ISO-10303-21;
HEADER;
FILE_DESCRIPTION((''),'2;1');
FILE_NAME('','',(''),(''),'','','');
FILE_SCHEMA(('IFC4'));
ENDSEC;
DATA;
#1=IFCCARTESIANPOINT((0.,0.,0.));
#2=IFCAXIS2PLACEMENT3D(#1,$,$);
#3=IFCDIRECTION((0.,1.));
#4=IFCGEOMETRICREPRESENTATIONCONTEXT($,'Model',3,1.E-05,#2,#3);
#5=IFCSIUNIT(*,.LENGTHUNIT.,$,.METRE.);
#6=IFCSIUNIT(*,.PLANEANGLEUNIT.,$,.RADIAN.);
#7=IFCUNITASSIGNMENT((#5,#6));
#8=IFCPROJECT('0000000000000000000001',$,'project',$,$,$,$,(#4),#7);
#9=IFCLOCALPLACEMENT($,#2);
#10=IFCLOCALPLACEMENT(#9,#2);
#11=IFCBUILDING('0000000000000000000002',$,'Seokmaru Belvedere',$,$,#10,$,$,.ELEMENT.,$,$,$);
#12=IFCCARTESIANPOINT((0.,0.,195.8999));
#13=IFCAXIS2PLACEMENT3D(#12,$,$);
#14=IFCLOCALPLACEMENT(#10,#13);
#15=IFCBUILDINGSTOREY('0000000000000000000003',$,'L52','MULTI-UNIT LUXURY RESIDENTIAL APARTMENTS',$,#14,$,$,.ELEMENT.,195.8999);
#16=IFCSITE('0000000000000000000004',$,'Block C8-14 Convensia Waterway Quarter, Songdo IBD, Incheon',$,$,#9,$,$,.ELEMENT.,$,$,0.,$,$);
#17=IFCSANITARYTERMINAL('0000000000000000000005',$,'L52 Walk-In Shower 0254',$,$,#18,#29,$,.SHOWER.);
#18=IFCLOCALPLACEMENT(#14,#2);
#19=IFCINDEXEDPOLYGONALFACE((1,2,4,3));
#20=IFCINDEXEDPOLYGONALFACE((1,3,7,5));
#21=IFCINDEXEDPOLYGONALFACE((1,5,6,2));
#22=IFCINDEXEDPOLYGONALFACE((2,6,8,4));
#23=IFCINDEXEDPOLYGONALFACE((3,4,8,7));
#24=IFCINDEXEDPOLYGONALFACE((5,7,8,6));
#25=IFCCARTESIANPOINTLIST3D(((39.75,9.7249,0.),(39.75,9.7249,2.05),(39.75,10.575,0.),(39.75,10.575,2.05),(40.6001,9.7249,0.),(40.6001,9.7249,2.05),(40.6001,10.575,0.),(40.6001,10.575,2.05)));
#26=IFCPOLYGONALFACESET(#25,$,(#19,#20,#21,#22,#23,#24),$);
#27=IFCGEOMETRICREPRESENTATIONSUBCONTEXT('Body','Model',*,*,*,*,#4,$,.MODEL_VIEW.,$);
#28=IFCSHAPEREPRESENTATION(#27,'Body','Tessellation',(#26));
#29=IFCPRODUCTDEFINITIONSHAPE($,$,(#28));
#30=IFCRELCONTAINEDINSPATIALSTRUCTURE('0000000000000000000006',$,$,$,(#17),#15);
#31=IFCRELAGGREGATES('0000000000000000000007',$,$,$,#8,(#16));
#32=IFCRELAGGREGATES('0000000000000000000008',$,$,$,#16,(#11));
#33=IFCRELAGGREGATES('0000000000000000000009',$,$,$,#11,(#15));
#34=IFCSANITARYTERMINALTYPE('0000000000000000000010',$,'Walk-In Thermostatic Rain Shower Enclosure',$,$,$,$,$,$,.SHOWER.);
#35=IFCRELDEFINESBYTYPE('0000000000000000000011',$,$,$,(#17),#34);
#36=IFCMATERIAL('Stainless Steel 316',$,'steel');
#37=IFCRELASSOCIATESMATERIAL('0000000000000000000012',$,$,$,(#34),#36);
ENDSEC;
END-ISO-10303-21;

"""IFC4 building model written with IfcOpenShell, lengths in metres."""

from ifc_helpers import new_model, si_unit, direction, frame, origin, origin_2d, place, context, subcontext, project, spatial, rectangle, extrude, source, transform, mapped, material, type_object, type_shapes, element, save


model = new_model("IFC4")

# Units and contexts
model_context = context("Model", 3, precision=1e-05, world=origin(), true_north=direction((0.0, 1.0)))
body_context = subcontext(model_context, "Body", "Model", "MODEL_VIEW")
ifc_project = project(units=[si_unit("LENGTHUNIT", "METRE"), si_unit("PLANEANGLEUNIT", "RADIAN")], contexts=[model_context])

# Site, building, storey
site_placement = place(None, origin())
site = spatial("IfcSite", under=ifc_project, at=site_placement, Name="Block C8-14 Convensia Waterway Quarter, Songdo IBD, Incheon", CompositionType="ELEMENT", RefElevation=0.0)
building_placement = place(site_placement, origin())
building = spatial("IfcBuilding", under=site, at=building_placement, Name="Seokmaru Belvedere", CompositionType="ELEMENT")
storey_placement = place(building_placement, frame((0.0, 0.0, 195.8999)))
storey = spatial("IfcBuildingStorey", under=building, at=storey_placement, Name="L52", Description="MULTI-UNIT LUXURY RESIDENTIAL APARTMENTS", CompositionType="ELEMENT", Elevation=195.8999)

# Sanitary terminal
ifc_material_1 = material(Name="Stainless Steel 316", Category="steel")
sanitary_terminal_type_1 = type_object("IfcSanitaryTerminalType", Name="Walk-In Thermostatic Rain Shower Enclosure", PredefinedType="SHOWER", material=ifc_material_1)
shared_shape_1 = source(origin(), body_context, "Body", "SweptSolid", [
    extrude(rectangle(XDim=0.8501, YDim=0.8501, at=origin_2d()), origin(), (0.0, 0.0, 1.0), 2.05),
])
type_shapes(sanitary_terminal_type_1, [shared_shape_1])
sanitary_terminal_1_placement = place(storey_placement, frame((40.175, 10.1499, 0.0), z_axis=(0.0, 0.0, 1.0), x_axis=(1.0, 0.0, 0.0)))
element("IfcSanitaryTerminal", 1, at=sanitary_terminal_1_placement, inside=storey, type_object=sanitary_terminal_type_1, Name="L52 Walk-In Shower 0254", PredefinedType="SHOWER", context=body_context, shape_type="MappedRepresentation", body=[
    mapped(shared_shape_1, transform((0.0, 0.0, 0.0), scale=1.0)),
])

save(model, "model.ifc")
